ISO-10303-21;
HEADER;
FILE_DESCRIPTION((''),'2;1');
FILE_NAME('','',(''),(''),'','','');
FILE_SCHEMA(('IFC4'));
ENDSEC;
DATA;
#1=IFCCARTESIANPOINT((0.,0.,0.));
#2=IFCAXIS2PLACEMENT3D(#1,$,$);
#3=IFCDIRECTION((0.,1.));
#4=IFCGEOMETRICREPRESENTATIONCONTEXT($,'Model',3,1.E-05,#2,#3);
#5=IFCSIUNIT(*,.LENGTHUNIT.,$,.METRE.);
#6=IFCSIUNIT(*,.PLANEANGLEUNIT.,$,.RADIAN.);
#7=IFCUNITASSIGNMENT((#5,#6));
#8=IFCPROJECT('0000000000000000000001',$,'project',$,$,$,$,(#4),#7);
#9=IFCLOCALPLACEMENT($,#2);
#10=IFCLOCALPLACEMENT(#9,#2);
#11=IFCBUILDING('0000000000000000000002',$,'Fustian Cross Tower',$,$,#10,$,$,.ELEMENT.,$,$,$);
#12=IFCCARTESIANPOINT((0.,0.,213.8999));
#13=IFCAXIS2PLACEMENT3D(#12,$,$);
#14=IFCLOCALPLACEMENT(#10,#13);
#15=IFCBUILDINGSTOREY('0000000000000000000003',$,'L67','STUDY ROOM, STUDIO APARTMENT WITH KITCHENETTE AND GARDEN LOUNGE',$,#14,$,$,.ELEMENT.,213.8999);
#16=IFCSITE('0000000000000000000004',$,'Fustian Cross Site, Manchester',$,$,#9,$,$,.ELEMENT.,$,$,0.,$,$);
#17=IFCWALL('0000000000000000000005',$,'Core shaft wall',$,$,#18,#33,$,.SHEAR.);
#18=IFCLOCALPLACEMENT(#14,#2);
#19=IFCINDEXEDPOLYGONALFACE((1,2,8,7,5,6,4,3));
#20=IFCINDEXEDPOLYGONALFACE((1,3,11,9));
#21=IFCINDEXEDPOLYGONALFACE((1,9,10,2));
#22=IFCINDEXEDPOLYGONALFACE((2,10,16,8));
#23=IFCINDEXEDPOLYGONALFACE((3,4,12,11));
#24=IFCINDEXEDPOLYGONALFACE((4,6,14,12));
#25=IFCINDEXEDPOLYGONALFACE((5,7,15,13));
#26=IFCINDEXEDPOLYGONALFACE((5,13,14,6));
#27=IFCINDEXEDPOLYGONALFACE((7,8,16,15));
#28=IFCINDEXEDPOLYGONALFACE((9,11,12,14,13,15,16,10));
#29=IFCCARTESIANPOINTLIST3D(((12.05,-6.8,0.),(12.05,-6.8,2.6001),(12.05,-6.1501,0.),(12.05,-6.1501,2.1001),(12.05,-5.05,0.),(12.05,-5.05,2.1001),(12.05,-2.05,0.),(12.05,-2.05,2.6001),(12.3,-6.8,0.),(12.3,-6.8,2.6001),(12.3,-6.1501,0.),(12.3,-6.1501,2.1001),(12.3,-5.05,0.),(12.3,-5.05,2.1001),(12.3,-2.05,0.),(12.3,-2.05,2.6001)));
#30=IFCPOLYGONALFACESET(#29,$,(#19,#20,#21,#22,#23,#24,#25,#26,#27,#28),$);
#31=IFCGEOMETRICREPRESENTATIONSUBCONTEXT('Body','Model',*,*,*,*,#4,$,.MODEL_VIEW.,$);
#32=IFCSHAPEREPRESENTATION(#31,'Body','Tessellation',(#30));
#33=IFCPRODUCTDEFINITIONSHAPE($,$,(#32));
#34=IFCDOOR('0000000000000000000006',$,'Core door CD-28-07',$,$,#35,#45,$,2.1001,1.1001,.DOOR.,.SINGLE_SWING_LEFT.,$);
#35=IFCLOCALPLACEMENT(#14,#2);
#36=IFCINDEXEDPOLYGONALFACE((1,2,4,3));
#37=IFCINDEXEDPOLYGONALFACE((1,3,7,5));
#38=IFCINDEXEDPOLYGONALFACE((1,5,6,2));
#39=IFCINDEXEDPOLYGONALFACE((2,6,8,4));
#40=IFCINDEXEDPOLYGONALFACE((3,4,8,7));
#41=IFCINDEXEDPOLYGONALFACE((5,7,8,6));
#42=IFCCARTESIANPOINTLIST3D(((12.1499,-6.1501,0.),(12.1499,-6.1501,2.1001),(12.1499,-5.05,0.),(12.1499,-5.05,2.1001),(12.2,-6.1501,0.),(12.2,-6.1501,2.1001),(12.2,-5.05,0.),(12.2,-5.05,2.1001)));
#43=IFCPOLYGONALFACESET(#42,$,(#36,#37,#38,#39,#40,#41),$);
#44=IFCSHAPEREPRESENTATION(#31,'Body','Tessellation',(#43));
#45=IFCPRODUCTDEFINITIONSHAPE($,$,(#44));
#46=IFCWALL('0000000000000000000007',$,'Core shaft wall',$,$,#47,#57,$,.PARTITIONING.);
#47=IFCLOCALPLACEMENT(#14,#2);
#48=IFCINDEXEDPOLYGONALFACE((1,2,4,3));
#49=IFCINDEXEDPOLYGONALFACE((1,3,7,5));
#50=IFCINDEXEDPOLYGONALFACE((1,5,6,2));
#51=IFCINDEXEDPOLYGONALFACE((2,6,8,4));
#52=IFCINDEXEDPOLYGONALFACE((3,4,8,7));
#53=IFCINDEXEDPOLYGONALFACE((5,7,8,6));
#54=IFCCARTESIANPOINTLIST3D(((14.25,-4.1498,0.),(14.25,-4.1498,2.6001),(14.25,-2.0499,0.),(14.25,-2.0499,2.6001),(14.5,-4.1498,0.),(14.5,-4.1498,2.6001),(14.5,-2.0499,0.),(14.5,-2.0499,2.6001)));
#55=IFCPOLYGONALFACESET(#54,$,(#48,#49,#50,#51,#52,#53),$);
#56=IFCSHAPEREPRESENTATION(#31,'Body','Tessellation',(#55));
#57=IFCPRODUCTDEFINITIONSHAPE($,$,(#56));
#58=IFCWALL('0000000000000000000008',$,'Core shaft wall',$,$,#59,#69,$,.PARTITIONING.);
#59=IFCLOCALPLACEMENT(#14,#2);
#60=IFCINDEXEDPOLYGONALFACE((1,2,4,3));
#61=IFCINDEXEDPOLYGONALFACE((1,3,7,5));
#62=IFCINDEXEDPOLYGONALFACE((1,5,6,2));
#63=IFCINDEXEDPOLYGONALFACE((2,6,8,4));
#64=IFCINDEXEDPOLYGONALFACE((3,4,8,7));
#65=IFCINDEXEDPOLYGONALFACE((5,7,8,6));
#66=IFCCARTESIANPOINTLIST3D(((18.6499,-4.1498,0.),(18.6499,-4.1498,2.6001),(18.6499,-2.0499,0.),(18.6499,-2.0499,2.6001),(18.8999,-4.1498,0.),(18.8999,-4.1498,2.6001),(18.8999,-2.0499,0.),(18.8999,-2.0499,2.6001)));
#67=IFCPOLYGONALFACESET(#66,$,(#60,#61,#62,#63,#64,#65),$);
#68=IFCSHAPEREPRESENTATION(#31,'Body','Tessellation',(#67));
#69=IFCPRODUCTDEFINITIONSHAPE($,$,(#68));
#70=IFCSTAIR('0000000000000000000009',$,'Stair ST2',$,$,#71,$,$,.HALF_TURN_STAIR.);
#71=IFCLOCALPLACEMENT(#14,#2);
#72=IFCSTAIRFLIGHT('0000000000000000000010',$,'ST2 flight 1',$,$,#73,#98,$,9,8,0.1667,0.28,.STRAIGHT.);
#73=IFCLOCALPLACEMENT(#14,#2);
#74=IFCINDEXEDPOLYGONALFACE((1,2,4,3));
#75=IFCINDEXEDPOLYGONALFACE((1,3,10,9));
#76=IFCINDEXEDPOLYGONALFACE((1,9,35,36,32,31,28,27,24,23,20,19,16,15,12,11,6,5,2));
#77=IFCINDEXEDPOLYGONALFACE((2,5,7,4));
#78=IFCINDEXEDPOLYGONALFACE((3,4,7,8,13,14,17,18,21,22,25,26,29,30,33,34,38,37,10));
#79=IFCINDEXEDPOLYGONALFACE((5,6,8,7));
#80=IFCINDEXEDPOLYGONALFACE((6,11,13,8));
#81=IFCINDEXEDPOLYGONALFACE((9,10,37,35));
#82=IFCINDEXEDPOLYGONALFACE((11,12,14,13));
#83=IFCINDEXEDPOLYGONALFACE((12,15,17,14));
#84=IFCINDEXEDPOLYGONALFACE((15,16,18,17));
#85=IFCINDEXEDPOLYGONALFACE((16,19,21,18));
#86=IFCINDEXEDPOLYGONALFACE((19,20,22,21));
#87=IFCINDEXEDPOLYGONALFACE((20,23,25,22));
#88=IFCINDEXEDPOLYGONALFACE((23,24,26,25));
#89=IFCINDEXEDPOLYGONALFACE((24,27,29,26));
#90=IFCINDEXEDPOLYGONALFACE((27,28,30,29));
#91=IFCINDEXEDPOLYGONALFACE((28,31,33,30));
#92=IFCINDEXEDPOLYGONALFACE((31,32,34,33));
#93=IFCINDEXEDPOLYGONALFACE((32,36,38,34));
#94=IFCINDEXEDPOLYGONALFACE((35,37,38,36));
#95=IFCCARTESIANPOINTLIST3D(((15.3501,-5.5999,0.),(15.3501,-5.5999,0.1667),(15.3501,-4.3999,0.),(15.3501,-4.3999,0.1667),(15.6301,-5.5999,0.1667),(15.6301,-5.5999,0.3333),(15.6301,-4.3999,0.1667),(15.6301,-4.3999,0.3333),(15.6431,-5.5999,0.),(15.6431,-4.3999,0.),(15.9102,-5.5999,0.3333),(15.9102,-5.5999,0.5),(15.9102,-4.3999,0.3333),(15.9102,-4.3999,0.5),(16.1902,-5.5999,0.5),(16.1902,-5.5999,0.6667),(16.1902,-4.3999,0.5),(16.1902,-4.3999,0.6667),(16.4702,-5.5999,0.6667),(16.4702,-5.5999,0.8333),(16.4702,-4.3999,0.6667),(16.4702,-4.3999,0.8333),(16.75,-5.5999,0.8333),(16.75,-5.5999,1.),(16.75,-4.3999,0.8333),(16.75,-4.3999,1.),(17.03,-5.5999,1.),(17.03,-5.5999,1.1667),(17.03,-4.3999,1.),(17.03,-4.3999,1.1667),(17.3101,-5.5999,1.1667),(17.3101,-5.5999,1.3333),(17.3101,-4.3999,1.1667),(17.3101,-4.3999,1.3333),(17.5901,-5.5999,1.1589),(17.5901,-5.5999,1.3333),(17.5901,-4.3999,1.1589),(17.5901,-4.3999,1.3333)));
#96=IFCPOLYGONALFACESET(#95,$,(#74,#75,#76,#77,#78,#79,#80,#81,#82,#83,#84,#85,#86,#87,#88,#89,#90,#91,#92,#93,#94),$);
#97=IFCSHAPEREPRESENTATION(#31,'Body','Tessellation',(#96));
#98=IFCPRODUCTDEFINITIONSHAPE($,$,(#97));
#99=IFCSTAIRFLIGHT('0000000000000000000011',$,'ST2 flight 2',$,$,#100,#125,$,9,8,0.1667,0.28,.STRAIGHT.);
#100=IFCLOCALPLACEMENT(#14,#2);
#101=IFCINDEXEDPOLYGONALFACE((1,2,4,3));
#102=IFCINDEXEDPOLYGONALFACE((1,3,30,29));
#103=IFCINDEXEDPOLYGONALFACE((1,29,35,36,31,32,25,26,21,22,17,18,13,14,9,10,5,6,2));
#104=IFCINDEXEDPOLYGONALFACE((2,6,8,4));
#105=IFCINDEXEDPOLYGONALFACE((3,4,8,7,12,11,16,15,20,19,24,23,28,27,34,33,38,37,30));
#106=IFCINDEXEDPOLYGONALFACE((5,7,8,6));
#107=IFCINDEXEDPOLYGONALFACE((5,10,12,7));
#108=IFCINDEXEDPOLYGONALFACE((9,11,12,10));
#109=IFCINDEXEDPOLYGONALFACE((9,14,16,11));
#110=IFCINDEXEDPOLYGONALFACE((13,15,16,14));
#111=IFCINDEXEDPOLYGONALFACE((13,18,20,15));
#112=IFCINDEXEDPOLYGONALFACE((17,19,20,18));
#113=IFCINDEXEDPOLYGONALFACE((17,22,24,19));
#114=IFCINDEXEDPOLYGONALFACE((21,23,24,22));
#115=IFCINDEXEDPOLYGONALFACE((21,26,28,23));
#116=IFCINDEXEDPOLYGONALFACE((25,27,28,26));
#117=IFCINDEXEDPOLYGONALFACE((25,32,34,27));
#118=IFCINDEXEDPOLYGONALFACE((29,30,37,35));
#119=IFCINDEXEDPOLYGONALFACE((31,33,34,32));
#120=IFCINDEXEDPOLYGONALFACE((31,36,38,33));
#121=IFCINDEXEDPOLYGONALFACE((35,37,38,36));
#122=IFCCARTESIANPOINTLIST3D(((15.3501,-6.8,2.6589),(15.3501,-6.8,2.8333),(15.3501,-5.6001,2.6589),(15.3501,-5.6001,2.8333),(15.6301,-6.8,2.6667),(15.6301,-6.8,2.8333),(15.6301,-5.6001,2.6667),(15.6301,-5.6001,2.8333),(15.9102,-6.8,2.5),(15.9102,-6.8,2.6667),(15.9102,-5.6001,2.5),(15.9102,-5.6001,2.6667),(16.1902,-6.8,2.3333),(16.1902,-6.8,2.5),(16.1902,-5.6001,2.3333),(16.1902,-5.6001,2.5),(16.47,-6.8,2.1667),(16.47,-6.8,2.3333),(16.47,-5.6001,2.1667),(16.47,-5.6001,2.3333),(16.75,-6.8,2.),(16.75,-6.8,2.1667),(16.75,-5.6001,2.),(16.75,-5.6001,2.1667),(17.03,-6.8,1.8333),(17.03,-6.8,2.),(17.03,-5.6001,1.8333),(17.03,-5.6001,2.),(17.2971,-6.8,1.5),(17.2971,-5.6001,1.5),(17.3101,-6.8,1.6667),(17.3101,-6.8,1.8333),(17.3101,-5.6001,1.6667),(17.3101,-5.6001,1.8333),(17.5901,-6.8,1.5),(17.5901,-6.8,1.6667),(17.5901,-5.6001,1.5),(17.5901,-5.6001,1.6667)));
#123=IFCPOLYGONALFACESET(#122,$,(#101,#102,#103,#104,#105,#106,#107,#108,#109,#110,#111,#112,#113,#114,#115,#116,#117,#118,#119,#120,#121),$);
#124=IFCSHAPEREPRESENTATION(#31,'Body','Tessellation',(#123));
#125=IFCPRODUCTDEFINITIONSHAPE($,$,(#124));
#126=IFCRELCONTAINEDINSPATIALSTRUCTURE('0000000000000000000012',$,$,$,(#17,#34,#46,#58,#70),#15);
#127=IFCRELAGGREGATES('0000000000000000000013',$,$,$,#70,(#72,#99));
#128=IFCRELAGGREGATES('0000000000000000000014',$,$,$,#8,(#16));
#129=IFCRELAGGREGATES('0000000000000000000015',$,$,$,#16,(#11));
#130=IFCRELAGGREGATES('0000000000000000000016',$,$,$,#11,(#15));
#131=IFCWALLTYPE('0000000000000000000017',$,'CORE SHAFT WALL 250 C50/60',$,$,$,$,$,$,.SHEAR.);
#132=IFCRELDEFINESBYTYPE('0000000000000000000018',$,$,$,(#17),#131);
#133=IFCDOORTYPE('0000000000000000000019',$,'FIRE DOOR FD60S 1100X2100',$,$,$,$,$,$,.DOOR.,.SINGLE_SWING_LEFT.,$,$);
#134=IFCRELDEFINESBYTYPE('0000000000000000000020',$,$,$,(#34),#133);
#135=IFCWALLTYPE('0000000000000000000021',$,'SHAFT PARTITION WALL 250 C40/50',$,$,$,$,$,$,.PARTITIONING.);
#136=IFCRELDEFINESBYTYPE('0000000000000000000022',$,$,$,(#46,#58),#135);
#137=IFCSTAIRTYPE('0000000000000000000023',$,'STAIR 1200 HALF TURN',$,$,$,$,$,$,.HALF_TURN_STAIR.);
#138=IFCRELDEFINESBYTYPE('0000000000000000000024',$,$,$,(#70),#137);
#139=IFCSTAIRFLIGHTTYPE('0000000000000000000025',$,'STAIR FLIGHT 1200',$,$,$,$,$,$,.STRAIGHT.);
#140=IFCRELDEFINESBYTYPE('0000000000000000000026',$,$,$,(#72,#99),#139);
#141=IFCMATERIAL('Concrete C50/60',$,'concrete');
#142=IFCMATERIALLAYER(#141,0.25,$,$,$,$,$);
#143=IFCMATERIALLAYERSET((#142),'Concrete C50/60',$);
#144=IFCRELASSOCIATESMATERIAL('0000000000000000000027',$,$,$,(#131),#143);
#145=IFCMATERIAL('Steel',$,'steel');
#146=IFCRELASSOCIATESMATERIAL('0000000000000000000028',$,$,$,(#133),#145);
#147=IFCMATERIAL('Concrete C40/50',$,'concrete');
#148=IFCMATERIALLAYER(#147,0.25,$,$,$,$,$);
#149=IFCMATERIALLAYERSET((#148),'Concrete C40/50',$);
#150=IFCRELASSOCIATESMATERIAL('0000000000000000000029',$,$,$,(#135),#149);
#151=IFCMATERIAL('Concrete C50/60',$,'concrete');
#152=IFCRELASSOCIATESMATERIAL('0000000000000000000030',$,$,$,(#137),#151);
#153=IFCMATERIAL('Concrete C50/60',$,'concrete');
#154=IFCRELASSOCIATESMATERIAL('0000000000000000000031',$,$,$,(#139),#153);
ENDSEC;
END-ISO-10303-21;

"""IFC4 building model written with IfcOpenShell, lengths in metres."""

from ifc_helpers import new_model, si_unit, direction, frame, frame_2d, origin, place, context, subcontext, project, spatial, polyline, rectangle, outline, extrude, material, layer, layer_set, type_object, element, fill, aggregate, save


model = new_model("IFC4")

# Units and contexts
model_context = context("Model", 3, precision=1e-05, world=origin(), true_north=direction((0.0, 1.0)))
body_context = subcontext(model_context, "Body", "Model", "MODEL_VIEW")
ifc_project = project(units=[si_unit("LENGTHUNIT", "METRE"), si_unit("PLANEANGLEUNIT", "RADIAN")], contexts=[model_context])

# Site, building, storey
site_placement = place(None, origin())
site = spatial("IfcSite", under=ifc_project, at=site_placement, Name="Fustian Cross Site, Manchester", CompositionType="ELEMENT", RefElevation=0.0)
building_placement = place(site_placement, origin())
building = spatial("IfcBuilding", under=site, at=building_placement, Name="Fustian Cross Tower", CompositionType="ELEMENT")
storey_placement = place(building_placement, frame((0.0, 0.0, 213.8999)))
storey = spatial("IfcBuildingStorey", under=building, at=storey_placement, Name="L67", Description="STUDY ROOM, STUDIO APARTMENT WITH KITCHENETTE AND GARDEN LOUNGE", CompositionType="ELEMENT", Elevation=213.8999)

# Shared definitions
ifc_material_1 = material(Name="Concrete C50/60", Category="concrete")
ifc_layer_1 = layer(ifc_material_1, 0.25)
ifc_layer_set_1 = layer_set([ifc_layer_1], Name="Concrete C50/60")
wall_type_1 = type_object("IfcWallType", Name="CORE SHAFT WALL 250 C50/60", PredefinedType="SHEAR", material=ifc_layer_set_1)

# Wall, opening, door
wall_1_placement = place(storey_placement, frame((12.175, -2.05, 0.0), z_axis=(0.0, 0.0, 1.0), x_axis=(0.0, -1.0, 0.0)))
wall_1 = element("IfcWall", 1, at=wall_1_placement, inside=storey, type_object=wall_type_1, Name="Core shaft wall", PredefinedType="SHEAR", context=body_context, shape_type="SweptSolid", body=[
    extrude(rectangle(XDim=4.75, YDim=0.25, at=frame_2d((2.375, 0.0))), origin(), (0.0, 0.0, 1.0), 2.6001),
])
opening_1_placement = place(wall_1_placement, frame((3.0, 0.0, 0.0)))
opening_1 = element("IfcOpeningElement", 2, at=opening_1_placement, cuts=wall_1, PredefinedType="OPENING", context=body_context, shape_type="SweptSolid", body=[
    extrude(rectangle(XDim=1.1001, YDim=2.1001, at=frame_2d((0.55, 1.05))), frame((0.0, 0.135, 0.0), z_axis=(0.0, -1.0, 0.0), x_axis=(1.0, 0.0, 0.0)), (0.0, 0.0, 1.0), 0.27),
])
ifc_material_2 = material(Name="Steel", Category="steel")
door_type_1 = type_object("IfcDoorType", Name="FIRE DOOR FD60S 1100X2100", OperationType="SINGLE_SWING_LEFT", PredefinedType="DOOR", material=ifc_material_2)
door_1_placement = place(opening_1_placement, origin())
door_1 = element("IfcDoor", 3, at=door_1_placement, inside=storey, type_object=door_type_1, Name="Core door CD-28-07", OperationType="SINGLE_SWING_LEFT", OverallHeight=2.1001, OverallWidth=1.1001, PredefinedType="DOOR", context=body_context, shape_type="SweptSolid", body=[
    extrude(rectangle(XDim=1.1001, YDim=2.1001, at=frame_2d((0.55, 1.05))), frame((0.0, 0.0249, 0.0), z_axis=(0.0, -1.0, 0.0), x_axis=(1.0, 0.0, 0.0)), (0.0, 0.0, 1.0), 0.05),
])
fill(opening_1, door_1)

# Walls
ifc_material_3 = material(Name="Concrete C40/50", Category="concrete")
ifc_layer_2 = layer(ifc_material_3, 0.25)
ifc_layer_set_2 = layer_set([ifc_layer_2], Name="Concrete C40/50")
wall_type_2 = type_object("IfcWallType", Name="SHAFT PARTITION WALL 250 C40/50", PredefinedType="PARTITIONING", material=ifc_layer_set_2)
for number, where, z_axis, x_axis, name in (
    (4, (14.375, -2.05, 0.0), (0.0, 0.0, 1.0), (0.0, -1.0, 0.0), "Core shaft wall"),
    (5, (18.7749, -2.05, 0.0), (0.0, 0.0, 1.0), (0.0, -1.0, 0.0), "Core shaft wall"),
):
    element("IfcWall", number, at=place(storey_placement, frame(where, z_axis=z_axis, x_axis=x_axis)), inside=storey, type_object=wall_type_2, Name=name, PredefinedType="PARTITIONING", context=body_context, shape_type="SweptSolid", body=[
        extrude(rectangle(XDim=2.0999, YDim=0.25, at=frame_2d((1.0498, 0.0))), origin(), (0.0, 0.0, 1.0), 2.6001),
    ])

# Stair, stair flights
ifc_material_4 = material(Name="Concrete C50/60", Category="concrete")
stair_type = type_object("IfcStairType", Name="STAIR 1200 HALF TURN", PredefinedType="HALF_TURN_STAIR", material=ifc_material_4)
stair_placement = place(storey_placement, origin())
stair = element("IfcStair", 6, at=stair_placement, inside=storey, type_object=stair_type, Name="Stair ST2", PredefinedType="HALF_TURN_STAIR")
ifc_material_5 = material(Name="Concrete C50/60", Category="concrete")
stair_flight_type = type_object("IfcStairFlightType", Name="STAIR FLIGHT 1200", PredefinedType="STRAIGHT", material=ifc_material_5)
stair_flight_1_placement = place(storey_placement, frame((15.3501, -5.0, 0.0), z_axis=(0.0, 0.0, 1.0), x_axis=(1.0, 0.0, 0.0)))
stair_flight_1 = element("IfcStairFlight", 7, at=stair_flight_1_placement, type_object=stair_flight_type, Name="ST2 flight 1", NumberOfRisers=9, NumberOfTreads=8, PredefinedType="STRAIGHT", RiserHeight=0.1667, TreadLength=0.28, context=body_context, shape_type="SweptSolid", body=[
    extrude(outline(polyline([(0.0, 0.0), (0.0, 0.1667), (0.28, 0.1667), (0.28, 0.3333), (0.5601, 0.3333), (0.5601, 0.5), (0.8401, 0.5), (0.8401, 0.6667), (1.1201, 0.6667), (1.1201, 0.8333), (1.3999, 0.8333), (1.3999, 1.0), (1.6799, 1.0), (1.6799, 1.1667), (1.96, 1.1667), (1.96, 1.3333), (2.24, 1.3333), (2.24, 1.5), (2.24, 1.1589), (0.293, 0.0), (0.0, 0.0)])), frame((0.0, 0.6001, 0.0), z_axis=(0.0, -1.0, 0.0), x_axis=(1.0, 0.0, 0.0)), (0.0, 0.0, 1.0), 1.2),
])
stair_flight_2_placement = place(storey_placement, frame((17.5901, -6.2, 1.5), z_axis=(0.0, 0.0, 1.0), x_axis=(-1.0, 0.0, 0.0)))
stair_flight_2 = element("IfcStairFlight", 8, at=stair_flight_2_placement, type_object=stair_flight_type, Name="ST2 flight 2", NumberOfRisers=9, NumberOfTreads=8, PredefinedType="STRAIGHT", RiserHeight=0.1667, TreadLength=0.28, context=body_context, shape_type="SweptSolid", body=[
    extrude(outline(polyline([(0.0, 0.0), (0.0, 0.1667), (0.28, 0.1667), (0.28, 0.3333), (0.5601, 0.3333), (0.5601, 0.5), (0.8401, 0.5), (0.8401, 0.6667), (1.1201, 0.6667), (1.1201, 0.8333), (1.3999, 0.8333), (1.3999, 1.0), (1.6799, 1.0), (1.6799, 1.1667), (1.96, 1.1667), (1.96, 1.3333), (2.24, 1.3333), (2.24, 1.5), (2.24, 1.1589), (0.293, 0.0), (0.0, 0.0)])), frame((0.0, 0.6001, 0.0), z_axis=(0.0, -1.0, 0.0), x_axis=(1.0, 0.0, 0.0)), (0.0, 0.0, 1.0), 1.2),
])
aggregate(stair, [stair_flight_1, stair_flight_2])

save(model, "model.ifc")
